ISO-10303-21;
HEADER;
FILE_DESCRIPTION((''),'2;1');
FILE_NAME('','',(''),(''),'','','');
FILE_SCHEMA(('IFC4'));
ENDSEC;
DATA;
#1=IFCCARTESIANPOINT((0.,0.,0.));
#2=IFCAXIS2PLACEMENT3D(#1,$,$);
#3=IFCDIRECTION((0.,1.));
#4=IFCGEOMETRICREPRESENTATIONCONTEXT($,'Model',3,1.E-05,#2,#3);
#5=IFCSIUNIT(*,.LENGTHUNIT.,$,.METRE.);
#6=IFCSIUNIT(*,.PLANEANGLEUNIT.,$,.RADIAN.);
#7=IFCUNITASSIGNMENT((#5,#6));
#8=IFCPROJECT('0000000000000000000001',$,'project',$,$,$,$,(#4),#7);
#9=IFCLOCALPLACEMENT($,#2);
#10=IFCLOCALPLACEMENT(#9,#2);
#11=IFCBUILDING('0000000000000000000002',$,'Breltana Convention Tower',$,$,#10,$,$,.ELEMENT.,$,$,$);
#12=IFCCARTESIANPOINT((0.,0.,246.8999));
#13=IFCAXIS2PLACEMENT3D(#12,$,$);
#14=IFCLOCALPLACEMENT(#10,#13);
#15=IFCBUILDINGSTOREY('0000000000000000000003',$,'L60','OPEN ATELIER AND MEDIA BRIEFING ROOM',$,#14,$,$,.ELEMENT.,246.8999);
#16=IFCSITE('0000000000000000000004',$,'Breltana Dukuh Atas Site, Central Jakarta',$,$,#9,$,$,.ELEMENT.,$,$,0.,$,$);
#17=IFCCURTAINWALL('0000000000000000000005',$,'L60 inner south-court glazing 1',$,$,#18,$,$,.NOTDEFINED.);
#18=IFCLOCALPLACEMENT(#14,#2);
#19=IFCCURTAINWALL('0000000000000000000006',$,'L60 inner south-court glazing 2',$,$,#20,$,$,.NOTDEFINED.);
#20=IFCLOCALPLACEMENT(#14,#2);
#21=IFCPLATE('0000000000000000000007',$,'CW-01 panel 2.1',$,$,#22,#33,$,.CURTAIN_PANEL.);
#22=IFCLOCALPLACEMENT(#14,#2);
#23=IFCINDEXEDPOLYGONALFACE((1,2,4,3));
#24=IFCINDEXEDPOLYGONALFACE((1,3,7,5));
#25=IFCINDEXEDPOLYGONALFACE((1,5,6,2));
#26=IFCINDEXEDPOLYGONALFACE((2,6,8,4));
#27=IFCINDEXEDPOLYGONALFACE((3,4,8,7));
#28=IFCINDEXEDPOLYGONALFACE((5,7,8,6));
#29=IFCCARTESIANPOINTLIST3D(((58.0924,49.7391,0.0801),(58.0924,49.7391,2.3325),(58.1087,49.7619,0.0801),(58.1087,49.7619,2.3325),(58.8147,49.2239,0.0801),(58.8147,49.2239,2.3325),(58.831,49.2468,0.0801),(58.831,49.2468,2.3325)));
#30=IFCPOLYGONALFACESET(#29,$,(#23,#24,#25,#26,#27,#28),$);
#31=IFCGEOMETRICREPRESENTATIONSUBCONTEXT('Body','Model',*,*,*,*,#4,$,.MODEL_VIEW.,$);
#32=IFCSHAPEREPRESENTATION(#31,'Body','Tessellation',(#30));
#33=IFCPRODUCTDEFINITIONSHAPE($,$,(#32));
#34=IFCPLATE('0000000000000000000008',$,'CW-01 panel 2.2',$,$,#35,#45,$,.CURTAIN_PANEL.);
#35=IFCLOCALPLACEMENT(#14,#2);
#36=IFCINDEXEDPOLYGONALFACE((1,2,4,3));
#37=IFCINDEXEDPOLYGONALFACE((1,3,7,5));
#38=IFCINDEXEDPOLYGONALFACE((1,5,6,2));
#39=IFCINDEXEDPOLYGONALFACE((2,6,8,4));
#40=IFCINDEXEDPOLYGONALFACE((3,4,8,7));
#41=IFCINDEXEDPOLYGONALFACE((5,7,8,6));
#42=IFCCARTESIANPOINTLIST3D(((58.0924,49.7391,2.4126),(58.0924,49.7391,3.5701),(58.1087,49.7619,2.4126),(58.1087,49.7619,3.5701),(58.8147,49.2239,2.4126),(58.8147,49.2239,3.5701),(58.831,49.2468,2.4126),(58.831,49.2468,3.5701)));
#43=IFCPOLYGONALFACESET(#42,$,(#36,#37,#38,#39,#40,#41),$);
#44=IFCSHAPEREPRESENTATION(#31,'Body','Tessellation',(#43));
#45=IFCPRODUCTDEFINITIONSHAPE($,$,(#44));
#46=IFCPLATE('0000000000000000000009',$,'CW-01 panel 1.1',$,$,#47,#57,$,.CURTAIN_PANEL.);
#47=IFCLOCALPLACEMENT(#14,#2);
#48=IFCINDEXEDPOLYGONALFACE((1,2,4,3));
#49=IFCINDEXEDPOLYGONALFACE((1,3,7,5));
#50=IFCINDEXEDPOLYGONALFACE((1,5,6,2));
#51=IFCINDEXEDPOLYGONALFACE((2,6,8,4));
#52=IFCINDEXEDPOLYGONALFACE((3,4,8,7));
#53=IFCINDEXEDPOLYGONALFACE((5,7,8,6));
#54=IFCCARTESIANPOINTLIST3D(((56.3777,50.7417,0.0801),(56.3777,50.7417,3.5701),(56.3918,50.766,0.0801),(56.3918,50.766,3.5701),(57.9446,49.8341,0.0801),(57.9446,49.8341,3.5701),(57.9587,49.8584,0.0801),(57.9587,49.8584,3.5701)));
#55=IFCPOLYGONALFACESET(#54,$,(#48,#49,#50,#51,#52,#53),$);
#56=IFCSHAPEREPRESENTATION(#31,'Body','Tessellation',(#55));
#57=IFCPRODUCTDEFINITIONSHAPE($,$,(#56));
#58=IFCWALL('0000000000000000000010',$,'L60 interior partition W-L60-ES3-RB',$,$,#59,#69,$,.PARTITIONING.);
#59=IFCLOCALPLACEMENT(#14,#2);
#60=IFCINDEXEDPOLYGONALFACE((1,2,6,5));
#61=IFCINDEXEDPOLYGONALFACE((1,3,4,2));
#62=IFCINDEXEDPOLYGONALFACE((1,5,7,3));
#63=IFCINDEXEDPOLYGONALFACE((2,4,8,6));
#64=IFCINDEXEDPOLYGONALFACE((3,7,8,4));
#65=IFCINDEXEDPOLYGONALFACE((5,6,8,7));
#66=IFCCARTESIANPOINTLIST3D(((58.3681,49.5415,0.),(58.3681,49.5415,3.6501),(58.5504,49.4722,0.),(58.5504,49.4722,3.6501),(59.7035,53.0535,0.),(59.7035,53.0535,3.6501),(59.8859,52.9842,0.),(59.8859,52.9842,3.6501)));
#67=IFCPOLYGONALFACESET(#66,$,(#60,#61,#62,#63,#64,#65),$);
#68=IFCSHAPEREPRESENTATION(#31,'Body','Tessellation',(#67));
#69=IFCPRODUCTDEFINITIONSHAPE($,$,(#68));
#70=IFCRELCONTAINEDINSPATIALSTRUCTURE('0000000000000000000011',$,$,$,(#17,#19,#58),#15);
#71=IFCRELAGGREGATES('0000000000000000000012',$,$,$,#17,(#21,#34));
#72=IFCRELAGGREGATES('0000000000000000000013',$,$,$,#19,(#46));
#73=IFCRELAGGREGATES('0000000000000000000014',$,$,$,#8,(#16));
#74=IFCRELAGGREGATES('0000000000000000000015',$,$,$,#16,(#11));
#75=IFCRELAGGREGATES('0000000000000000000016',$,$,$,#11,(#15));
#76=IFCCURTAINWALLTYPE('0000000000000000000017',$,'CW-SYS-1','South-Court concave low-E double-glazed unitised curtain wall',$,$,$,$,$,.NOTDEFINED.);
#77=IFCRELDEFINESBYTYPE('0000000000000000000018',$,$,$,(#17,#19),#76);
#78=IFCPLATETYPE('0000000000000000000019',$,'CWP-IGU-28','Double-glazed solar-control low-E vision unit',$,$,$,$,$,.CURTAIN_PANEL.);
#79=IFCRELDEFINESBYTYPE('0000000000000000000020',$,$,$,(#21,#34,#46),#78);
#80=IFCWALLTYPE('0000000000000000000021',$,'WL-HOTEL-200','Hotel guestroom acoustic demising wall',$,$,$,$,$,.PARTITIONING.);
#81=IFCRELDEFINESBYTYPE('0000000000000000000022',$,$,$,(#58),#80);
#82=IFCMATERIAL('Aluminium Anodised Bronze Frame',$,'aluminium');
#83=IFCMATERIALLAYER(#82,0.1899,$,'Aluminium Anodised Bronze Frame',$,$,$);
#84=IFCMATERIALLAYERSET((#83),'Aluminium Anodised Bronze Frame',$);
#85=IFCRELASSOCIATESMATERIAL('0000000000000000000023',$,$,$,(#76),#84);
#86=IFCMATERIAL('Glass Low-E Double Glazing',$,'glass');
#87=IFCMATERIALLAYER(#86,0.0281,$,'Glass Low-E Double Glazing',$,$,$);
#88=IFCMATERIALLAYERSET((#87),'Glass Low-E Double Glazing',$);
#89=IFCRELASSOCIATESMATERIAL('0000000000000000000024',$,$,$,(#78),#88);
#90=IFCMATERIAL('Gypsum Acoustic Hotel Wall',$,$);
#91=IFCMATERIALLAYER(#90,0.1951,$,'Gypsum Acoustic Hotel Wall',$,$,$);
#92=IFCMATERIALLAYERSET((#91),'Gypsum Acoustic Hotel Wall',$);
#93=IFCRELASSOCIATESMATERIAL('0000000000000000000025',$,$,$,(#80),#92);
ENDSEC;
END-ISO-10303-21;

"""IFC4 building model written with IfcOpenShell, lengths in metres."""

from ifc_helpers import new_model, si_unit, direction, frame, frame_2d, origin, origin_2d, place, context, subcontext, project, spatial, rectangle, extrude, source, transform, mapped, material, layer, layer_set, type_object, element, aggregate, save


model = new_model("IFC4")

# Units and contexts
model_context = context("Model", 3, precision=1e-05, world=origin(), true_north=direction((0.0, 1.0)))
body_context = subcontext(model_context, "Body", "Model", "MODEL_VIEW")
ifc_project = project(units=[si_unit("LENGTHUNIT", "METRE"), si_unit("PLANEANGLEUNIT", "RADIAN")], contexts=[model_context])

# Site, building, storey
site_placement = place(None, origin())
site = spatial("IfcSite", under=ifc_project, at=site_placement, Name="Breltana Dukuh Atas Site, Central Jakarta", CompositionType="ELEMENT", RefElevation=0.0)
building_placement = place(site_placement, origin())
building = spatial("IfcBuilding", under=site, at=building_placement, Name="Breltana Convention Tower", CompositionType="ELEMENT")
storey_placement = place(building_placement, frame((0.0, 0.0, 246.8999)))
storey = spatial("IfcBuildingStorey", under=building, at=storey_placement, Name="L60", Description="OPEN ATELIER AND MEDIA BRIEFING ROOM", CompositionType="ELEMENT", Elevation=246.8999)

# Curtain wall
ifc_material_1 = material(Name="Aluminium Anodised Bronze Frame", Category="aluminium")
ifc_layer_1 = layer(ifc_material_1, 0.1899, Name="Aluminium Anodised Bronze Frame")
ifc_layer_set_1 = layer_set([ifc_layer_1], Name="Aluminium Anodised Bronze Frame")
curtain_wall_type = type_object("IfcCurtainWallType", Name="CW-SYS-1", Description="South-Court concave low-E double-glazed unitised curtain wall", PredefinedType="NOTDEFINED", material=ifc_layer_set_1)
curtain_wall_1_placement = place(storey_placement, origin())
curtain_wall_1 = element("IfcCurtainWall", 1, at=curtain_wall_1_placement, inside=storey, type_object=curtain_wall_type, Name="L60 inner south-court glazing 1", PredefinedType="NOTDEFINED")

# Curtain wall
curtain_wall_2_placement = place(storey_placement, origin())
curtain_wall_2 = element("IfcCurtainWall", 2, at=curtain_wall_2_placement, inside=storey, type_object=curtain_wall_type, Name="L60 inner south-court glazing 2", PredefinedType="NOTDEFINED")

# Plates
ifc_material_2 = material(Name="Glass Low-E Double Glazing", Category="glass")
ifc_layer_2 = layer(ifc_material_2, 0.0281, Name="Glass Low-E Double Glazing")
ifc_layer_set_2 = layer_set([ifc_layer_2], Name="Glass Low-E Double Glazing")
plate_type = type_object("IfcPlateType", Name="CWP-IGU-28", Description="Double-glazed solar-control low-E vision unit", PredefinedType="CURTAIN_PANEL", material=ifc_layer_set_2)
shared_shape_1 = source(origin(), body_context, "Body", "SweptSolid", [
    extrude(rectangle(XDim=0.8872, YDim=0.0281, at=origin_2d()), origin(), (0.0, 0.0, 1.0), 2.2524),
])
plate_1_placement = place(storey_placement, frame((58.4617, 49.4929, 0.0801), z_axis=(0.0, 0.0, 1.0), x_axis=(-0.814132, 0.580679, 0.0)))
plate_1 = element("IfcPlate", 3, at=plate_1_placement, type_object=plate_type, Name="CW-01 panel 2.1", PredefinedType="CURTAIN_PANEL", context=body_context, shape_type="MappedRepresentation", body=[
    mapped(shared_shape_1, transform((0.0, 0.0, 0.0), scale=1.0)),
])
shared_shape_2 = source(origin(), body_context, "Body", "SweptSolid", [
    extrude(rectangle(XDim=0.8872, YDim=0.0281, at=origin_2d()), origin(), (0.0, 0.0, 1.0), 1.1575),
])
plate_2_placement = place(storey_placement, frame((58.4617, 49.4929, 2.4126), z_axis=(0.0, 0.0, 1.0), x_axis=(-0.814132, 0.580679, 0.0)))
plate_2 = element("IfcPlate", 4, at=plate_2_placement, type_object=plate_type, Name="CW-01 panel 2.2", PredefinedType="CURTAIN_PANEL", context=body_context, shape_type="MappedRepresentation", body=[
    mapped(shared_shape_2, transform((0.0, 0.0, 0.0), scale=1.0)),
])
aggregate(curtain_wall_1, [plate_1, plate_2])
shared_shape_3 = source(origin(), body_context, "Body", "SweptSolid", [
    extrude(rectangle(XDim=1.8108, YDim=0.0281, at=origin_2d()), origin(), (0.0, 0.0, 1.0), 3.49),
])
plate_3_placement = place(storey_placement, frame((57.1682, 50.3, 0.0801), z_axis=(0.0, 0.0, 1.0), x_axis=(-0.865337, 0.50119, 0.0)))
plate_3 = element("IfcPlate", 5, at=plate_3_placement, type_object=plate_type, Name="CW-01 panel 1.1", PredefinedType="CURTAIN_PANEL", context=body_context, shape_type="MappedRepresentation", body=[
    mapped(shared_shape_3, transform((0.0, 0.0, 0.0), scale=1.0)),
])
aggregate(curtain_wall_2, [plate_3])

# Wall
ifc_material_3 = material(Name="Gypsum Acoustic Hotel Wall")
ifc_layer_3 = layer(ifc_material_3, 0.1951, Name="Gypsum Acoustic Hotel Wall")
ifc_layer_set_3 = layer_set([ifc_layer_3], Name="Gypsum Acoustic Hotel Wall")
wall_type = type_object("IfcWallType", Name="WL-HOTEL-200", Description="Hotel guestroom acoustic demising wall", PredefinedType="PARTITIONING", material=ifc_layer_set_3)
shared_shape_4 = source(origin(), body_context, "Body", "SweptSolid", [
    extrude(rectangle(XDim=3.7573, YDim=0.1951, at=frame_2d((1.8787, 0.0))), origin(), (0.0, 0.0, 1.0), 3.6501),
])
wall_1_placement = place(storey_placement, frame((58.4592, 49.5068, 0.0), z_axis=(0.0, 0.0, 1.0), x_axis=(0.355428, 0.934704, 0.0)))
element("IfcWall", 6, at=wall_1_placement, inside=storey, type_object=wall_type, Name="L60 interior partition W-L60-ES3-RB", PredefinedType="PARTITIONING", context=body_context, shape_type="MappedRepresentation", body=[
    mapped(shared_shape_4, transform((0.0, 0.0, 0.0), scale=1.0)),
])

save(model, "model.ifc")
